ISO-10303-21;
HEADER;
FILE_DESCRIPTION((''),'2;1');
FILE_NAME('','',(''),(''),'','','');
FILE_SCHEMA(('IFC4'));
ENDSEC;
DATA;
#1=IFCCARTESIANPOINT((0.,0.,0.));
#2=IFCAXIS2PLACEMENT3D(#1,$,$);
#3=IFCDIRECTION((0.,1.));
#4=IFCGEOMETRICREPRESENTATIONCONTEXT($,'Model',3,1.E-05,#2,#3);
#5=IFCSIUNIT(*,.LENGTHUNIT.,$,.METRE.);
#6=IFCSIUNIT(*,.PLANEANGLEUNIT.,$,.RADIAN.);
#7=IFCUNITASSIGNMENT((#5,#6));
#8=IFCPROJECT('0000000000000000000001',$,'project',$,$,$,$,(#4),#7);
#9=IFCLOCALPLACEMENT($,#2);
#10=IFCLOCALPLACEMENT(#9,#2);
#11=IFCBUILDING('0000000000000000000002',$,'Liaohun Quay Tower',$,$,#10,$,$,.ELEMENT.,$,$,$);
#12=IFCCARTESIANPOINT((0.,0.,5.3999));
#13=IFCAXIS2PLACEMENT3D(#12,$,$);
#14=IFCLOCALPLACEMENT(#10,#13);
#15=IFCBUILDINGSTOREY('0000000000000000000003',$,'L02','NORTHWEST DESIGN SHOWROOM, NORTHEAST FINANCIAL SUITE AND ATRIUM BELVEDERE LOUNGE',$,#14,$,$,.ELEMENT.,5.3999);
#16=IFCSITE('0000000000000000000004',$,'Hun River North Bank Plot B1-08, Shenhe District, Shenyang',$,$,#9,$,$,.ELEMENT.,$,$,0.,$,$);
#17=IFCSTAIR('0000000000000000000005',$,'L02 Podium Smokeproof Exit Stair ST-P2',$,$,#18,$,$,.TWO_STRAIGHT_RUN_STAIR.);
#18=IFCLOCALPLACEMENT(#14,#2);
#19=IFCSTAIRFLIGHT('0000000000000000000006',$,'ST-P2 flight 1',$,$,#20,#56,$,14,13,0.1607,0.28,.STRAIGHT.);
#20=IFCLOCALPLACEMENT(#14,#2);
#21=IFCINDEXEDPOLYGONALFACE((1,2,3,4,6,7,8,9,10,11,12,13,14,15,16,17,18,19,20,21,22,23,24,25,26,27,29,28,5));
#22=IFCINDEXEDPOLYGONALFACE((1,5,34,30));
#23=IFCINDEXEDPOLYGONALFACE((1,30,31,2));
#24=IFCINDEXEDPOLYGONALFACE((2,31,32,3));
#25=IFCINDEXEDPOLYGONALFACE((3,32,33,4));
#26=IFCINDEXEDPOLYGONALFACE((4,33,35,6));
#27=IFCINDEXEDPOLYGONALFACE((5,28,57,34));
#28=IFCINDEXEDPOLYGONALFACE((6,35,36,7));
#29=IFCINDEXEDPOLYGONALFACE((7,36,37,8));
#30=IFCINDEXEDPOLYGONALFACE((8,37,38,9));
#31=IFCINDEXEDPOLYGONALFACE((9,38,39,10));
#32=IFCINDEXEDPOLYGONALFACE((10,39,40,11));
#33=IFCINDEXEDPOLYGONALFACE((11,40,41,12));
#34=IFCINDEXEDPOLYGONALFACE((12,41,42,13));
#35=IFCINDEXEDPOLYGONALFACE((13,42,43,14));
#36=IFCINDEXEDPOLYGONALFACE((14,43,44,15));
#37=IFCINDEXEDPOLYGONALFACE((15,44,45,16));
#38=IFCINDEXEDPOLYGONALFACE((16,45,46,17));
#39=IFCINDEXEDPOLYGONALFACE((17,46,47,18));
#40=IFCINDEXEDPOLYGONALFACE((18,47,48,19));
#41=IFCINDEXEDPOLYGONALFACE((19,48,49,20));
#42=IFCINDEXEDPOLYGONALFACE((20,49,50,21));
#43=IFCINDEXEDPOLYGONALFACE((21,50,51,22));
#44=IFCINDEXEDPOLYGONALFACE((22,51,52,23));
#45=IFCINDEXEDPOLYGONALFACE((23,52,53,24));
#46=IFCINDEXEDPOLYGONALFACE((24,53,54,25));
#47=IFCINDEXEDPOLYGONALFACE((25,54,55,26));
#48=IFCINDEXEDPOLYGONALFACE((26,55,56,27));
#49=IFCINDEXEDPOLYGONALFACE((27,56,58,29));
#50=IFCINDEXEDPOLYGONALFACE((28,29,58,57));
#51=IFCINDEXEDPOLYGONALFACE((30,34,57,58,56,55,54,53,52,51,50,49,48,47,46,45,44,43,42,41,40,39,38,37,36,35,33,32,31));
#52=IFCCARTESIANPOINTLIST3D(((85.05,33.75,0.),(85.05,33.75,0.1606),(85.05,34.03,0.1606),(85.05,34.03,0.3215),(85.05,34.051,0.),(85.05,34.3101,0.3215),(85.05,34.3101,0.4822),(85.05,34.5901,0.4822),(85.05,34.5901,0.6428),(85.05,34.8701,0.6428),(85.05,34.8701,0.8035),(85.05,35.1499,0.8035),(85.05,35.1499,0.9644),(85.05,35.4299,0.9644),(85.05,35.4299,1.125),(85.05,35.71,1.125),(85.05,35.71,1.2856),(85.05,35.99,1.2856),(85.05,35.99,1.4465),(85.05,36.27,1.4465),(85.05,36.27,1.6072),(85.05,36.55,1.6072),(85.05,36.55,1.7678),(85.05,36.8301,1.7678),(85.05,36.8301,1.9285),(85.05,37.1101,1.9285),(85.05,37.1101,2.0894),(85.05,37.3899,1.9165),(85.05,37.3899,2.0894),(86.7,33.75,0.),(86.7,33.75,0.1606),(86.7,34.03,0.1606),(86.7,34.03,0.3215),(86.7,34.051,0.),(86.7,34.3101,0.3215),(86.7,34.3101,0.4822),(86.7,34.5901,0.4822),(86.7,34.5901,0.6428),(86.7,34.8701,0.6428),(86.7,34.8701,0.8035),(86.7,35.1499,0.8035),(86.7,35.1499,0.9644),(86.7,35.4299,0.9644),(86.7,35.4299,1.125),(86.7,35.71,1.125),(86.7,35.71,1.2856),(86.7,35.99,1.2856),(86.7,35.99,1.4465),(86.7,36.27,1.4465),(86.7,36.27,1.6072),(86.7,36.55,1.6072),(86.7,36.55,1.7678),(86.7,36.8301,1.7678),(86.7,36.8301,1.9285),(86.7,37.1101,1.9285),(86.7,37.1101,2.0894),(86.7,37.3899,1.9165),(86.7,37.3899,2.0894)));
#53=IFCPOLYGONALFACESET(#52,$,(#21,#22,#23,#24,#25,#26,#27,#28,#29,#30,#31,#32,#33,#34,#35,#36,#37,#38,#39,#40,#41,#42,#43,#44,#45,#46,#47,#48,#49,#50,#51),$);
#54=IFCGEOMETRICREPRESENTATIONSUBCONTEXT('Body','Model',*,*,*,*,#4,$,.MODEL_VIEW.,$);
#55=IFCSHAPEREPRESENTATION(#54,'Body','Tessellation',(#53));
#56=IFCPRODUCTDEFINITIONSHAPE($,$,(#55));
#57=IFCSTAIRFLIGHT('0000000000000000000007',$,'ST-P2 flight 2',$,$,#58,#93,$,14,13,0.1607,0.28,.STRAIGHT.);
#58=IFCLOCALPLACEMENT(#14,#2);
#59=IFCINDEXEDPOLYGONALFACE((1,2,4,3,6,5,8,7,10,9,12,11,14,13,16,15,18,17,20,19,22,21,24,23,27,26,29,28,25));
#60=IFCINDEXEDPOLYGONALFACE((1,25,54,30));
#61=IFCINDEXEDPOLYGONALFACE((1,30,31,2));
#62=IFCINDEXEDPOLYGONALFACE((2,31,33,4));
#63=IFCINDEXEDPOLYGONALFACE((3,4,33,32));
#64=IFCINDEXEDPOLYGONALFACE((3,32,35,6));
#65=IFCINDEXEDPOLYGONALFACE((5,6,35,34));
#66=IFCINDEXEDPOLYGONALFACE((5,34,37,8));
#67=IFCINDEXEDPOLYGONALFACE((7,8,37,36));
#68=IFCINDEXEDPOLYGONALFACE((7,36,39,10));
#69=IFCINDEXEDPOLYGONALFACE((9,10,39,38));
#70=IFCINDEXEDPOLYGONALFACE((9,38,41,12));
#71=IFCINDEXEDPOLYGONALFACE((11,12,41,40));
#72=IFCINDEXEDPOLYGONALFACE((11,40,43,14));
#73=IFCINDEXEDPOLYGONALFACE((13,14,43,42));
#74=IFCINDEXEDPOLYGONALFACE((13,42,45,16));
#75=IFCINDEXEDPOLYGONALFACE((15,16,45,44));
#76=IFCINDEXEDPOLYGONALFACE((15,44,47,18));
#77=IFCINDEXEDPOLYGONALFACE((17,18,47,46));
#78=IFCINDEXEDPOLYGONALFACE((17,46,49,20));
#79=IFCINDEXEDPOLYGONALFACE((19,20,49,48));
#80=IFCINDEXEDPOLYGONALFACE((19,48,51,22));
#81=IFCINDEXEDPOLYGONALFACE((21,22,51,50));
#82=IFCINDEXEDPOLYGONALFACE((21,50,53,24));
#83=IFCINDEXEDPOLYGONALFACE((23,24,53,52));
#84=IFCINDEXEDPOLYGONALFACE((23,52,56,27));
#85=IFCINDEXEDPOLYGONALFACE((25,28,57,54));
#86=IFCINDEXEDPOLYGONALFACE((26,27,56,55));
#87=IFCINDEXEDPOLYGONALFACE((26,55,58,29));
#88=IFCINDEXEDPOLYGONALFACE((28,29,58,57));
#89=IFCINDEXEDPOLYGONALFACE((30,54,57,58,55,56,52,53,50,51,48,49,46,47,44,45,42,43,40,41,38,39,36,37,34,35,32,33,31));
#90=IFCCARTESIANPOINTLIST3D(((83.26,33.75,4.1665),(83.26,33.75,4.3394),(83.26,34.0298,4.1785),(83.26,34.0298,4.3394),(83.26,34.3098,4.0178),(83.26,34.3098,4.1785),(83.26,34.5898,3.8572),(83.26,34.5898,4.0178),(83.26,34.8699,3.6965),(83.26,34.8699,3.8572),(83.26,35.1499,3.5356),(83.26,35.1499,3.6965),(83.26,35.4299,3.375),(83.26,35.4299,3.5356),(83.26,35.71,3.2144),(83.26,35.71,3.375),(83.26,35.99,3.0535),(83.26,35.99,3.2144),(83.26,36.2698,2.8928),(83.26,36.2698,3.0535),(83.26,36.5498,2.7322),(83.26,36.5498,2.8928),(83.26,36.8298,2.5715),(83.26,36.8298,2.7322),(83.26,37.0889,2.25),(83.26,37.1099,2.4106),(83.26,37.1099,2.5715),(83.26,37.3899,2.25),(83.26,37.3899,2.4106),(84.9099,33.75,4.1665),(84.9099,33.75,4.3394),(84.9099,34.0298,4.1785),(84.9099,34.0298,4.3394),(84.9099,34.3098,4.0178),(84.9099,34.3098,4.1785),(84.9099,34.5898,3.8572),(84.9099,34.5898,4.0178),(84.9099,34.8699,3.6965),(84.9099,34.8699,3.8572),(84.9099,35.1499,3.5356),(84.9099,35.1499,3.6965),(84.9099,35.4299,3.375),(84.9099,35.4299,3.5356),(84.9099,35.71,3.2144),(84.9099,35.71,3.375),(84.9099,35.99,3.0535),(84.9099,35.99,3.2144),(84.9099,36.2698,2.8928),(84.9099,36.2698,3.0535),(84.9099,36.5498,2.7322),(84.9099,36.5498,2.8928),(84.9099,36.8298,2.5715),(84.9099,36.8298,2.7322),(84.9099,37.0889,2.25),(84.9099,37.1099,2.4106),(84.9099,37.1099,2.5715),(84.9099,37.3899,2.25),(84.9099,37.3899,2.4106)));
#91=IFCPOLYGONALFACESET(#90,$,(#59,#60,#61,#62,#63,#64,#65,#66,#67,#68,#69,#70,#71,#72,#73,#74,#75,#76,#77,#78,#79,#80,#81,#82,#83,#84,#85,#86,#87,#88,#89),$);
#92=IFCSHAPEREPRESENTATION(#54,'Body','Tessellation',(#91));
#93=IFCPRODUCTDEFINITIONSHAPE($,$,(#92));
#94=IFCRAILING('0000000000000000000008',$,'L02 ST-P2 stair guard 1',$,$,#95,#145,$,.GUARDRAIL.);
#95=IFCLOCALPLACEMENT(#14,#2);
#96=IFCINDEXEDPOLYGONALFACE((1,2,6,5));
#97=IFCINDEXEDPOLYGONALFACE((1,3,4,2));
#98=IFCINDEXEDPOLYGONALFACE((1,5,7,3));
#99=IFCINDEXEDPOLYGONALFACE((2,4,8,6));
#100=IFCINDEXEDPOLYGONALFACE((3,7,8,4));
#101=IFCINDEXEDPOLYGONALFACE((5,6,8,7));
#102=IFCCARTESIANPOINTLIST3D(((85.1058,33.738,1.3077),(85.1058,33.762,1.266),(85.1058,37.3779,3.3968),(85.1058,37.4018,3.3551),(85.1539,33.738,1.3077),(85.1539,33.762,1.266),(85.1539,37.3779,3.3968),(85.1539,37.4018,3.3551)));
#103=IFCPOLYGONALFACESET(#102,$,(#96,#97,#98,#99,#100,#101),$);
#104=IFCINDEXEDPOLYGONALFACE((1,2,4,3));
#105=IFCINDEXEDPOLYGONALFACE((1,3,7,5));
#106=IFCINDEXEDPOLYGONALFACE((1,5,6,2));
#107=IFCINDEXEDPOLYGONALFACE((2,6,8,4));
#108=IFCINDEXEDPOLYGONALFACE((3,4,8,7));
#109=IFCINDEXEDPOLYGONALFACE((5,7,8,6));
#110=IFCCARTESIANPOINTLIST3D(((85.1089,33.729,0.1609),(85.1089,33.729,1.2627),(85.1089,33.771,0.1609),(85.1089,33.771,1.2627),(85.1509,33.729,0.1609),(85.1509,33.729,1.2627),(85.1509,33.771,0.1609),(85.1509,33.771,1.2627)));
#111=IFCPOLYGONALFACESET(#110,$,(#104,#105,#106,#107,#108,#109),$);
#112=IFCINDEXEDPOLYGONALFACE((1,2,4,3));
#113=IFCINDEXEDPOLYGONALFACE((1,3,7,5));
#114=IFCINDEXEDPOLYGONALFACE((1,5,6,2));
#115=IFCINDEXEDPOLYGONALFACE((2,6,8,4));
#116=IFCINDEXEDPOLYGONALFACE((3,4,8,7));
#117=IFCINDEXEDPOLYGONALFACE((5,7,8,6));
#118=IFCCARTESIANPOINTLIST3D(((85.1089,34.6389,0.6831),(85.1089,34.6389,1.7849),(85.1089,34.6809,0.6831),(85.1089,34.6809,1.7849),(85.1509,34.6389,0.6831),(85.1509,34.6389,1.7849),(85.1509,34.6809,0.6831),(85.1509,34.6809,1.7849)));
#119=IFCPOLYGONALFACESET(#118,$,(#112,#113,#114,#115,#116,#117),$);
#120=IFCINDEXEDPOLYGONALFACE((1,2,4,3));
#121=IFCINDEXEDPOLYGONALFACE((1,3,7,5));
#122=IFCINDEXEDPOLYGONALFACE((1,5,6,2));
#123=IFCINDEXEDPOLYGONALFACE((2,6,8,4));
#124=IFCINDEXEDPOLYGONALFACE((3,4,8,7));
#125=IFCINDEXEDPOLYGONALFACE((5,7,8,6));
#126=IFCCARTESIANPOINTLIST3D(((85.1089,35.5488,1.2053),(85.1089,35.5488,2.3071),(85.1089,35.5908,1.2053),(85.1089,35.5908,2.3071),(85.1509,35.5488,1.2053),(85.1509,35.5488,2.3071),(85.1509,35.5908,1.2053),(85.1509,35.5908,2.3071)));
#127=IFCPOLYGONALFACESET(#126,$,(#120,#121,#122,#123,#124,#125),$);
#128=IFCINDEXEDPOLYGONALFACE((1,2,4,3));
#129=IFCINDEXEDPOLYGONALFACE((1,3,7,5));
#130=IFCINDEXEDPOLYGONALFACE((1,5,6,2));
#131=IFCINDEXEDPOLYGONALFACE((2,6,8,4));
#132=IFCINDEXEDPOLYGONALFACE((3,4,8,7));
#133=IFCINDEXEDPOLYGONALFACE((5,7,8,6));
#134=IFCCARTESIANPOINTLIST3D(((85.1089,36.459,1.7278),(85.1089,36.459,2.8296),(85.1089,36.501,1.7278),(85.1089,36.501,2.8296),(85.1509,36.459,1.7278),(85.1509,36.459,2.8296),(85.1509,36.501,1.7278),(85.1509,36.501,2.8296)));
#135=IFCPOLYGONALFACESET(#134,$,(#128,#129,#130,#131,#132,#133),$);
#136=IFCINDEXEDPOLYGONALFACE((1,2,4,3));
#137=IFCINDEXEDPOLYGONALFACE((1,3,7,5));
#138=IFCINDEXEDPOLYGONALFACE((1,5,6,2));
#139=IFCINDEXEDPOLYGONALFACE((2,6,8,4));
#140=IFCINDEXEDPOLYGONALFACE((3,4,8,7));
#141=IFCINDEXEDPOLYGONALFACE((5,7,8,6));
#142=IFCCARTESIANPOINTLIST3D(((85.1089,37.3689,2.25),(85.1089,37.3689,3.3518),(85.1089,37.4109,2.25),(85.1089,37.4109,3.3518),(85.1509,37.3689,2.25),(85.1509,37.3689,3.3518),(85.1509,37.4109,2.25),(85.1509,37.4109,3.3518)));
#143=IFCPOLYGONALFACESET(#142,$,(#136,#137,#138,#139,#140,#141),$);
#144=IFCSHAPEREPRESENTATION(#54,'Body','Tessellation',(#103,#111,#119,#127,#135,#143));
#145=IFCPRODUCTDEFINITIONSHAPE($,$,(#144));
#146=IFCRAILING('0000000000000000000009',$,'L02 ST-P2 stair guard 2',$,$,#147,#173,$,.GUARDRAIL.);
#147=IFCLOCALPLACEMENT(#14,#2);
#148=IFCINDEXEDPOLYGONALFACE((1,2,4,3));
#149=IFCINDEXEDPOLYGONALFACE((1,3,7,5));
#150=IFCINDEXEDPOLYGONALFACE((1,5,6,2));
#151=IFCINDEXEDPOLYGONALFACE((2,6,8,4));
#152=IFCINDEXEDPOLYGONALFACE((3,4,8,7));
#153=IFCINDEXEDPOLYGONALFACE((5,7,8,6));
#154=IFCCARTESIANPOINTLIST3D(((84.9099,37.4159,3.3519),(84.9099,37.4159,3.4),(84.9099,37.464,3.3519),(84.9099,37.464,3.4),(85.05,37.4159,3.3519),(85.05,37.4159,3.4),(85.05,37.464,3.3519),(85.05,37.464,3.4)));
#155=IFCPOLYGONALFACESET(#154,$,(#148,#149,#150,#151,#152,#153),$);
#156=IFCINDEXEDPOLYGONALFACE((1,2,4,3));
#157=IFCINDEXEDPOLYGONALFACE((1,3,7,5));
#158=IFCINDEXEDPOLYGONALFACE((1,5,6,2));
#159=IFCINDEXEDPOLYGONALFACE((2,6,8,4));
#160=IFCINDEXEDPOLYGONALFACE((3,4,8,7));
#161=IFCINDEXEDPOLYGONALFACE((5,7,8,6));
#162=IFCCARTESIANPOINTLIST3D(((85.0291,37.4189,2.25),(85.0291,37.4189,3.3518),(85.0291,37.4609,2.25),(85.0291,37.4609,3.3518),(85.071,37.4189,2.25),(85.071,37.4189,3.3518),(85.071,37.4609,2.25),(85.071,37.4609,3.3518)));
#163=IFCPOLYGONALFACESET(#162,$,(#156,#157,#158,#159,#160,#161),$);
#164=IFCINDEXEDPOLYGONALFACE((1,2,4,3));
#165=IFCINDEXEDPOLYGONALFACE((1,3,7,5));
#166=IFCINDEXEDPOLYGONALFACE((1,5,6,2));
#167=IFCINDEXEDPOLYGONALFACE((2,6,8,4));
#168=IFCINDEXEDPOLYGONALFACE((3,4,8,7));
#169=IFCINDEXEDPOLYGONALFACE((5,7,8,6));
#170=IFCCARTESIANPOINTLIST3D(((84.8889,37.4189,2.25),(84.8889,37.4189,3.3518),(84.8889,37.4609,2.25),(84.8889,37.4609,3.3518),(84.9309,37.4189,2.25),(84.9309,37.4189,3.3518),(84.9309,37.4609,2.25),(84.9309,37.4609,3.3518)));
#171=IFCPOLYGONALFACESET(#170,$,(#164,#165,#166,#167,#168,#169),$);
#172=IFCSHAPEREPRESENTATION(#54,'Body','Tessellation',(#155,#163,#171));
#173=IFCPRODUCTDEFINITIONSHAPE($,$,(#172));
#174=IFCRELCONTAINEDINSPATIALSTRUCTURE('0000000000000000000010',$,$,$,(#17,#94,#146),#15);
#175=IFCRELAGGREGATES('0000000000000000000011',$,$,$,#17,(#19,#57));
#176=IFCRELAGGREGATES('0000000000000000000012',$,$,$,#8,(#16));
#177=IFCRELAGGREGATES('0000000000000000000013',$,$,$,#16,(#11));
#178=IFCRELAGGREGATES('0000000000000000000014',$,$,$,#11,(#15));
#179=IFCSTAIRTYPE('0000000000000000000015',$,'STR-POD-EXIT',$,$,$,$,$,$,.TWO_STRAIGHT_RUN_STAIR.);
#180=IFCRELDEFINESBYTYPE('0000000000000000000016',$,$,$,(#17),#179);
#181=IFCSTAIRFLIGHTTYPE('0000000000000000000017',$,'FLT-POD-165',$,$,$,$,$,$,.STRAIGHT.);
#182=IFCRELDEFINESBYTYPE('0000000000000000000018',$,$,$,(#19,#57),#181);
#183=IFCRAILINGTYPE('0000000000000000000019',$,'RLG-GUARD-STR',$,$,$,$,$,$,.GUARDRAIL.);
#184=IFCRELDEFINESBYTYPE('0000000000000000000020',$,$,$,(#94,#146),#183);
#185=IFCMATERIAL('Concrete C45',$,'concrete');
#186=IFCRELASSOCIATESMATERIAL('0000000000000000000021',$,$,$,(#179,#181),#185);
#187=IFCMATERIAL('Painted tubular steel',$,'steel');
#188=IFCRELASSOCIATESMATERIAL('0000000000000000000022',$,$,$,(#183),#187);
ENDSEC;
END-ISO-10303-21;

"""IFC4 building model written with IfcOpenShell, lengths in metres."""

from ifc_helpers import new_model, si_unit, direction, frame, origin, origin_2d, place, context, subcontext, project, spatial, polyline, rectangle, outline, extrude, material, type_object, element, aggregate, save


model = new_model("IFC4")

# Units and contexts
model_context = context("Model", 3, precision=1e-05, world=origin(), true_north=direction((0.0, 1.0)))
body_context = subcontext(model_context, "Body", "Model", "MODEL_VIEW")
ifc_project = project(units=[si_unit("LENGTHUNIT", "METRE"), si_unit("PLANEANGLEUNIT", "RADIAN")], contexts=[model_context])

# Site, building, storey
site_placement = place(None, origin())
site = spatial("IfcSite", under=ifc_project, at=site_placement, Name="Hun River North Bank Plot B1-08, Shenhe District, Shenyang", CompositionType="ELEMENT", RefElevation=0.0)
building_placement = place(site_placement, origin())
building = spatial("IfcBuilding", under=site, at=building_placement, Name="Liaohun Quay Tower", CompositionType="ELEMENT")
storey_placement = place(building_placement, frame((0.0, 0.0, 5.3999)))
storey = spatial("IfcBuildingStorey", under=building, at=storey_placement, Name="L02", Description="NORTHWEST DESIGN SHOWROOM, NORTHEAST FINANCIAL SUITE AND ATRIUM BELVEDERE LOUNGE", CompositionType="ELEMENT", Elevation=5.3999)

# Stair, stair flights
ifc_material_1 = material(Name="Concrete C45", Category="concrete")
stair_type = type_object("IfcStairType", Name="STR-POD-EXIT", PredefinedType="TWO_STRAIGHT_RUN_STAIR", material=ifc_material_1)
stair_placement = place(storey_placement, origin())
stair = element("IfcStair", 1, at=stair_placement, inside=storey, type_object=stair_type, Name="L02 Podium Smokeproof Exit Stair ST-P2", PredefinedType="TWO_STRAIGHT_RUN_STAIR")
stair_flight_type = type_object("IfcStairFlightType", Name="FLT-POD-165", PredefinedType="STRAIGHT", material=ifc_material_1)
stair_flight_1_placement = place(storey_placement, frame((85.875, 33.75, 0.0), z_axis=(0.0, 0.0, 1.0), x_axis=(0.0, 1.0, 0.0)))
stair_flight_1 = element("IfcStairFlight", 2, at=stair_flight_1_placement, type_object=stair_flight_type, Name="ST-P2 flight 1", NumberOfRisers=14, NumberOfTreads=13, PredefinedType="STRAIGHT", RiserHeight=0.1607, TreadLength=0.28, context=body_context, shape_type="SweptSolid", body=[
    extrude(outline(polyline([(0.0, 0.0), (0.0, 0.1606), (0.28, 0.1606), (0.28, 0.3215), (0.5601, 0.3215), (0.5601, 0.4822), (0.8401, 0.4822), (0.8401, 0.6428), (1.1201, 0.6428), (1.1201, 0.8035), (1.3999, 0.8035), (1.3999, 0.9644), (1.6799, 0.9644), (1.6799, 1.125), (1.96, 1.125), (1.96, 1.2856), (2.24, 1.2856), (2.24, 1.4465), (2.52, 1.4465), (2.52, 1.6072), (2.8, 1.6072), (2.8, 1.7678), (3.0801, 1.7678), (3.0801, 1.9285), (3.3601, 1.9285), (3.3601, 2.0894), (3.6399, 2.0894), (3.6399, 2.25), (3.6399, 1.9165), (0.301, 0.0), (0.0, 0.0)])), frame((0.0, 0.825, 0.0), z_axis=(0.0, -1.0, 0.0), x_axis=(1.0, 0.0, 0.0)), (0.0, 0.0, 1.0), 1.6499),
])
stair_flight_2_placement = place(storey_placement, frame((84.085, 37.3899, 2.25), z_axis=(0.0, 0.0, 1.0), x_axis=(0.0, -1.0, 0.0)))
stair_flight_2 = element("IfcStairFlight", 3, at=stair_flight_2_placement, type_object=stair_flight_type, Name="ST-P2 flight 2", NumberOfRisers=14, NumberOfTreads=13, PredefinedType="STRAIGHT", RiserHeight=0.1607, TreadLength=0.28, context=body_context, shape_type="SweptSolid", body=[
    extrude(outline(polyline([(0.0, 0.0), (0.0, 0.1606), (0.28, 0.1606), (0.28, 0.3215), (0.5601, 0.3215), (0.5601, 0.4822), (0.8401, 0.4822), (0.8401, 0.6428), (1.1201, 0.6428), (1.1201, 0.8035), (1.3999, 0.8035), (1.3999, 0.9644), (1.6799, 0.9644), (1.6799, 1.125), (1.96, 1.125), (1.96, 1.2856), (2.24, 1.2856), (2.24, 1.4465), (2.52, 1.4465), (2.52, 1.6072), (2.8, 1.6072), (2.8, 1.7678), (3.0801, 1.7678), (3.0801, 1.9285), (3.3601, 1.9285), (3.3601, 2.0894), (3.6399, 2.0894), (3.6399, 2.25), (3.6399, 1.9165), (0.301, 0.0), (0.0, 0.0)])), frame((0.0, 0.825, 0.0), z_axis=(0.0, -1.0, 0.0), x_axis=(1.0, 0.0, 0.0)), (0.0, 0.0, 1.0), 1.6499),
])
aggregate(stair, [stair_flight_1, stair_flight_2])

# Railings
ifc_material_2 = material(Name="Painted tubular steel", Category="steel")
railing_type_1 = type_object("IfcRailingType", Name="RLG-GUARD-STR", PredefinedType="GUARDRAIL", material=ifc_material_2)
railing_1_placement = place(storey_placement, frame((85.1299, 33.75, 0.1609)))
element("IfcRailing", 4, at=railing_1_placement, inside=storey, type_object=railing_type_1, Name="L02 ST-P2 stair guard 1", PredefinedType="GUARDRAIL", context=body_context, shape_type="SweptSolid", body=[
    extrude(rectangle(XDim=0.0481, YDim=0.0481, at=origin_2d()), frame((0.0, 0.0, 1.126), z_axis=(0.0, 0.8673, 0.497786), x_axis=(-1.0, 0.0, 0.0)), (0.0, 0.0, 1.0), 4.1968),
    extrude(rectangle(XDim=0.042, YDim=0.042, at=origin_2d()), origin(), (0.0, 0.0, 1.0), 1.1018),
    extrude(rectangle(XDim=0.042, YDim=0.042, at=origin_2d()), frame((0.0, 0.9099, 0.5222)), (0.0, 0.0, 1.0), 1.1018),
    extrude(rectangle(XDim=0.042, YDim=0.042, at=origin_2d()), frame((0.0, 1.8198, 1.0444)), (0.0, 0.0, 1.0), 1.1018),
    extrude(rectangle(XDim=0.042, YDim=0.042, at=origin_2d()), frame((0.0, 2.73, 1.5669)), (0.0, 0.0, 1.0), 1.1018),
    extrude(rectangle(XDim=0.042, YDim=0.042, at=origin_2d()), frame((0.0, 3.6399, 2.0891)), (0.0, 0.0, 1.0), 1.1018),
])
railing_2_placement = place(storey_placement, frame((85.05, 37.4399, 2.25)))
element("IfcRailing", 5, at=railing_2_placement, inside=storey, type_object=railing_type_1, Name="L02 ST-P2 stair guard 2", PredefinedType="GUARDRAIL", context=body_context, shape_type="SweptSolid", body=[
    extrude(rectangle(XDim=0.0481, YDim=0.0481, at=origin_2d()), frame((0.0, 0.0, 1.126), z_axis=(-1.0, 0.0, 0.0), x_axis=(0.0, -1.0, 0.0)), (0.0, 0.0, 1.0), 0.1401),
    extrude(rectangle(XDim=0.042, YDim=0.042, at=origin_2d()), origin(), (0.0, 0.0, 1.0), 1.1018),
    extrude(rectangle(XDim=0.042, YDim=0.042, at=origin_2d()), frame((-0.1401, 0.0, 0.0)), (0.0, 0.0, 1.0), 1.1018),
])

save(model, "model.ifc")
